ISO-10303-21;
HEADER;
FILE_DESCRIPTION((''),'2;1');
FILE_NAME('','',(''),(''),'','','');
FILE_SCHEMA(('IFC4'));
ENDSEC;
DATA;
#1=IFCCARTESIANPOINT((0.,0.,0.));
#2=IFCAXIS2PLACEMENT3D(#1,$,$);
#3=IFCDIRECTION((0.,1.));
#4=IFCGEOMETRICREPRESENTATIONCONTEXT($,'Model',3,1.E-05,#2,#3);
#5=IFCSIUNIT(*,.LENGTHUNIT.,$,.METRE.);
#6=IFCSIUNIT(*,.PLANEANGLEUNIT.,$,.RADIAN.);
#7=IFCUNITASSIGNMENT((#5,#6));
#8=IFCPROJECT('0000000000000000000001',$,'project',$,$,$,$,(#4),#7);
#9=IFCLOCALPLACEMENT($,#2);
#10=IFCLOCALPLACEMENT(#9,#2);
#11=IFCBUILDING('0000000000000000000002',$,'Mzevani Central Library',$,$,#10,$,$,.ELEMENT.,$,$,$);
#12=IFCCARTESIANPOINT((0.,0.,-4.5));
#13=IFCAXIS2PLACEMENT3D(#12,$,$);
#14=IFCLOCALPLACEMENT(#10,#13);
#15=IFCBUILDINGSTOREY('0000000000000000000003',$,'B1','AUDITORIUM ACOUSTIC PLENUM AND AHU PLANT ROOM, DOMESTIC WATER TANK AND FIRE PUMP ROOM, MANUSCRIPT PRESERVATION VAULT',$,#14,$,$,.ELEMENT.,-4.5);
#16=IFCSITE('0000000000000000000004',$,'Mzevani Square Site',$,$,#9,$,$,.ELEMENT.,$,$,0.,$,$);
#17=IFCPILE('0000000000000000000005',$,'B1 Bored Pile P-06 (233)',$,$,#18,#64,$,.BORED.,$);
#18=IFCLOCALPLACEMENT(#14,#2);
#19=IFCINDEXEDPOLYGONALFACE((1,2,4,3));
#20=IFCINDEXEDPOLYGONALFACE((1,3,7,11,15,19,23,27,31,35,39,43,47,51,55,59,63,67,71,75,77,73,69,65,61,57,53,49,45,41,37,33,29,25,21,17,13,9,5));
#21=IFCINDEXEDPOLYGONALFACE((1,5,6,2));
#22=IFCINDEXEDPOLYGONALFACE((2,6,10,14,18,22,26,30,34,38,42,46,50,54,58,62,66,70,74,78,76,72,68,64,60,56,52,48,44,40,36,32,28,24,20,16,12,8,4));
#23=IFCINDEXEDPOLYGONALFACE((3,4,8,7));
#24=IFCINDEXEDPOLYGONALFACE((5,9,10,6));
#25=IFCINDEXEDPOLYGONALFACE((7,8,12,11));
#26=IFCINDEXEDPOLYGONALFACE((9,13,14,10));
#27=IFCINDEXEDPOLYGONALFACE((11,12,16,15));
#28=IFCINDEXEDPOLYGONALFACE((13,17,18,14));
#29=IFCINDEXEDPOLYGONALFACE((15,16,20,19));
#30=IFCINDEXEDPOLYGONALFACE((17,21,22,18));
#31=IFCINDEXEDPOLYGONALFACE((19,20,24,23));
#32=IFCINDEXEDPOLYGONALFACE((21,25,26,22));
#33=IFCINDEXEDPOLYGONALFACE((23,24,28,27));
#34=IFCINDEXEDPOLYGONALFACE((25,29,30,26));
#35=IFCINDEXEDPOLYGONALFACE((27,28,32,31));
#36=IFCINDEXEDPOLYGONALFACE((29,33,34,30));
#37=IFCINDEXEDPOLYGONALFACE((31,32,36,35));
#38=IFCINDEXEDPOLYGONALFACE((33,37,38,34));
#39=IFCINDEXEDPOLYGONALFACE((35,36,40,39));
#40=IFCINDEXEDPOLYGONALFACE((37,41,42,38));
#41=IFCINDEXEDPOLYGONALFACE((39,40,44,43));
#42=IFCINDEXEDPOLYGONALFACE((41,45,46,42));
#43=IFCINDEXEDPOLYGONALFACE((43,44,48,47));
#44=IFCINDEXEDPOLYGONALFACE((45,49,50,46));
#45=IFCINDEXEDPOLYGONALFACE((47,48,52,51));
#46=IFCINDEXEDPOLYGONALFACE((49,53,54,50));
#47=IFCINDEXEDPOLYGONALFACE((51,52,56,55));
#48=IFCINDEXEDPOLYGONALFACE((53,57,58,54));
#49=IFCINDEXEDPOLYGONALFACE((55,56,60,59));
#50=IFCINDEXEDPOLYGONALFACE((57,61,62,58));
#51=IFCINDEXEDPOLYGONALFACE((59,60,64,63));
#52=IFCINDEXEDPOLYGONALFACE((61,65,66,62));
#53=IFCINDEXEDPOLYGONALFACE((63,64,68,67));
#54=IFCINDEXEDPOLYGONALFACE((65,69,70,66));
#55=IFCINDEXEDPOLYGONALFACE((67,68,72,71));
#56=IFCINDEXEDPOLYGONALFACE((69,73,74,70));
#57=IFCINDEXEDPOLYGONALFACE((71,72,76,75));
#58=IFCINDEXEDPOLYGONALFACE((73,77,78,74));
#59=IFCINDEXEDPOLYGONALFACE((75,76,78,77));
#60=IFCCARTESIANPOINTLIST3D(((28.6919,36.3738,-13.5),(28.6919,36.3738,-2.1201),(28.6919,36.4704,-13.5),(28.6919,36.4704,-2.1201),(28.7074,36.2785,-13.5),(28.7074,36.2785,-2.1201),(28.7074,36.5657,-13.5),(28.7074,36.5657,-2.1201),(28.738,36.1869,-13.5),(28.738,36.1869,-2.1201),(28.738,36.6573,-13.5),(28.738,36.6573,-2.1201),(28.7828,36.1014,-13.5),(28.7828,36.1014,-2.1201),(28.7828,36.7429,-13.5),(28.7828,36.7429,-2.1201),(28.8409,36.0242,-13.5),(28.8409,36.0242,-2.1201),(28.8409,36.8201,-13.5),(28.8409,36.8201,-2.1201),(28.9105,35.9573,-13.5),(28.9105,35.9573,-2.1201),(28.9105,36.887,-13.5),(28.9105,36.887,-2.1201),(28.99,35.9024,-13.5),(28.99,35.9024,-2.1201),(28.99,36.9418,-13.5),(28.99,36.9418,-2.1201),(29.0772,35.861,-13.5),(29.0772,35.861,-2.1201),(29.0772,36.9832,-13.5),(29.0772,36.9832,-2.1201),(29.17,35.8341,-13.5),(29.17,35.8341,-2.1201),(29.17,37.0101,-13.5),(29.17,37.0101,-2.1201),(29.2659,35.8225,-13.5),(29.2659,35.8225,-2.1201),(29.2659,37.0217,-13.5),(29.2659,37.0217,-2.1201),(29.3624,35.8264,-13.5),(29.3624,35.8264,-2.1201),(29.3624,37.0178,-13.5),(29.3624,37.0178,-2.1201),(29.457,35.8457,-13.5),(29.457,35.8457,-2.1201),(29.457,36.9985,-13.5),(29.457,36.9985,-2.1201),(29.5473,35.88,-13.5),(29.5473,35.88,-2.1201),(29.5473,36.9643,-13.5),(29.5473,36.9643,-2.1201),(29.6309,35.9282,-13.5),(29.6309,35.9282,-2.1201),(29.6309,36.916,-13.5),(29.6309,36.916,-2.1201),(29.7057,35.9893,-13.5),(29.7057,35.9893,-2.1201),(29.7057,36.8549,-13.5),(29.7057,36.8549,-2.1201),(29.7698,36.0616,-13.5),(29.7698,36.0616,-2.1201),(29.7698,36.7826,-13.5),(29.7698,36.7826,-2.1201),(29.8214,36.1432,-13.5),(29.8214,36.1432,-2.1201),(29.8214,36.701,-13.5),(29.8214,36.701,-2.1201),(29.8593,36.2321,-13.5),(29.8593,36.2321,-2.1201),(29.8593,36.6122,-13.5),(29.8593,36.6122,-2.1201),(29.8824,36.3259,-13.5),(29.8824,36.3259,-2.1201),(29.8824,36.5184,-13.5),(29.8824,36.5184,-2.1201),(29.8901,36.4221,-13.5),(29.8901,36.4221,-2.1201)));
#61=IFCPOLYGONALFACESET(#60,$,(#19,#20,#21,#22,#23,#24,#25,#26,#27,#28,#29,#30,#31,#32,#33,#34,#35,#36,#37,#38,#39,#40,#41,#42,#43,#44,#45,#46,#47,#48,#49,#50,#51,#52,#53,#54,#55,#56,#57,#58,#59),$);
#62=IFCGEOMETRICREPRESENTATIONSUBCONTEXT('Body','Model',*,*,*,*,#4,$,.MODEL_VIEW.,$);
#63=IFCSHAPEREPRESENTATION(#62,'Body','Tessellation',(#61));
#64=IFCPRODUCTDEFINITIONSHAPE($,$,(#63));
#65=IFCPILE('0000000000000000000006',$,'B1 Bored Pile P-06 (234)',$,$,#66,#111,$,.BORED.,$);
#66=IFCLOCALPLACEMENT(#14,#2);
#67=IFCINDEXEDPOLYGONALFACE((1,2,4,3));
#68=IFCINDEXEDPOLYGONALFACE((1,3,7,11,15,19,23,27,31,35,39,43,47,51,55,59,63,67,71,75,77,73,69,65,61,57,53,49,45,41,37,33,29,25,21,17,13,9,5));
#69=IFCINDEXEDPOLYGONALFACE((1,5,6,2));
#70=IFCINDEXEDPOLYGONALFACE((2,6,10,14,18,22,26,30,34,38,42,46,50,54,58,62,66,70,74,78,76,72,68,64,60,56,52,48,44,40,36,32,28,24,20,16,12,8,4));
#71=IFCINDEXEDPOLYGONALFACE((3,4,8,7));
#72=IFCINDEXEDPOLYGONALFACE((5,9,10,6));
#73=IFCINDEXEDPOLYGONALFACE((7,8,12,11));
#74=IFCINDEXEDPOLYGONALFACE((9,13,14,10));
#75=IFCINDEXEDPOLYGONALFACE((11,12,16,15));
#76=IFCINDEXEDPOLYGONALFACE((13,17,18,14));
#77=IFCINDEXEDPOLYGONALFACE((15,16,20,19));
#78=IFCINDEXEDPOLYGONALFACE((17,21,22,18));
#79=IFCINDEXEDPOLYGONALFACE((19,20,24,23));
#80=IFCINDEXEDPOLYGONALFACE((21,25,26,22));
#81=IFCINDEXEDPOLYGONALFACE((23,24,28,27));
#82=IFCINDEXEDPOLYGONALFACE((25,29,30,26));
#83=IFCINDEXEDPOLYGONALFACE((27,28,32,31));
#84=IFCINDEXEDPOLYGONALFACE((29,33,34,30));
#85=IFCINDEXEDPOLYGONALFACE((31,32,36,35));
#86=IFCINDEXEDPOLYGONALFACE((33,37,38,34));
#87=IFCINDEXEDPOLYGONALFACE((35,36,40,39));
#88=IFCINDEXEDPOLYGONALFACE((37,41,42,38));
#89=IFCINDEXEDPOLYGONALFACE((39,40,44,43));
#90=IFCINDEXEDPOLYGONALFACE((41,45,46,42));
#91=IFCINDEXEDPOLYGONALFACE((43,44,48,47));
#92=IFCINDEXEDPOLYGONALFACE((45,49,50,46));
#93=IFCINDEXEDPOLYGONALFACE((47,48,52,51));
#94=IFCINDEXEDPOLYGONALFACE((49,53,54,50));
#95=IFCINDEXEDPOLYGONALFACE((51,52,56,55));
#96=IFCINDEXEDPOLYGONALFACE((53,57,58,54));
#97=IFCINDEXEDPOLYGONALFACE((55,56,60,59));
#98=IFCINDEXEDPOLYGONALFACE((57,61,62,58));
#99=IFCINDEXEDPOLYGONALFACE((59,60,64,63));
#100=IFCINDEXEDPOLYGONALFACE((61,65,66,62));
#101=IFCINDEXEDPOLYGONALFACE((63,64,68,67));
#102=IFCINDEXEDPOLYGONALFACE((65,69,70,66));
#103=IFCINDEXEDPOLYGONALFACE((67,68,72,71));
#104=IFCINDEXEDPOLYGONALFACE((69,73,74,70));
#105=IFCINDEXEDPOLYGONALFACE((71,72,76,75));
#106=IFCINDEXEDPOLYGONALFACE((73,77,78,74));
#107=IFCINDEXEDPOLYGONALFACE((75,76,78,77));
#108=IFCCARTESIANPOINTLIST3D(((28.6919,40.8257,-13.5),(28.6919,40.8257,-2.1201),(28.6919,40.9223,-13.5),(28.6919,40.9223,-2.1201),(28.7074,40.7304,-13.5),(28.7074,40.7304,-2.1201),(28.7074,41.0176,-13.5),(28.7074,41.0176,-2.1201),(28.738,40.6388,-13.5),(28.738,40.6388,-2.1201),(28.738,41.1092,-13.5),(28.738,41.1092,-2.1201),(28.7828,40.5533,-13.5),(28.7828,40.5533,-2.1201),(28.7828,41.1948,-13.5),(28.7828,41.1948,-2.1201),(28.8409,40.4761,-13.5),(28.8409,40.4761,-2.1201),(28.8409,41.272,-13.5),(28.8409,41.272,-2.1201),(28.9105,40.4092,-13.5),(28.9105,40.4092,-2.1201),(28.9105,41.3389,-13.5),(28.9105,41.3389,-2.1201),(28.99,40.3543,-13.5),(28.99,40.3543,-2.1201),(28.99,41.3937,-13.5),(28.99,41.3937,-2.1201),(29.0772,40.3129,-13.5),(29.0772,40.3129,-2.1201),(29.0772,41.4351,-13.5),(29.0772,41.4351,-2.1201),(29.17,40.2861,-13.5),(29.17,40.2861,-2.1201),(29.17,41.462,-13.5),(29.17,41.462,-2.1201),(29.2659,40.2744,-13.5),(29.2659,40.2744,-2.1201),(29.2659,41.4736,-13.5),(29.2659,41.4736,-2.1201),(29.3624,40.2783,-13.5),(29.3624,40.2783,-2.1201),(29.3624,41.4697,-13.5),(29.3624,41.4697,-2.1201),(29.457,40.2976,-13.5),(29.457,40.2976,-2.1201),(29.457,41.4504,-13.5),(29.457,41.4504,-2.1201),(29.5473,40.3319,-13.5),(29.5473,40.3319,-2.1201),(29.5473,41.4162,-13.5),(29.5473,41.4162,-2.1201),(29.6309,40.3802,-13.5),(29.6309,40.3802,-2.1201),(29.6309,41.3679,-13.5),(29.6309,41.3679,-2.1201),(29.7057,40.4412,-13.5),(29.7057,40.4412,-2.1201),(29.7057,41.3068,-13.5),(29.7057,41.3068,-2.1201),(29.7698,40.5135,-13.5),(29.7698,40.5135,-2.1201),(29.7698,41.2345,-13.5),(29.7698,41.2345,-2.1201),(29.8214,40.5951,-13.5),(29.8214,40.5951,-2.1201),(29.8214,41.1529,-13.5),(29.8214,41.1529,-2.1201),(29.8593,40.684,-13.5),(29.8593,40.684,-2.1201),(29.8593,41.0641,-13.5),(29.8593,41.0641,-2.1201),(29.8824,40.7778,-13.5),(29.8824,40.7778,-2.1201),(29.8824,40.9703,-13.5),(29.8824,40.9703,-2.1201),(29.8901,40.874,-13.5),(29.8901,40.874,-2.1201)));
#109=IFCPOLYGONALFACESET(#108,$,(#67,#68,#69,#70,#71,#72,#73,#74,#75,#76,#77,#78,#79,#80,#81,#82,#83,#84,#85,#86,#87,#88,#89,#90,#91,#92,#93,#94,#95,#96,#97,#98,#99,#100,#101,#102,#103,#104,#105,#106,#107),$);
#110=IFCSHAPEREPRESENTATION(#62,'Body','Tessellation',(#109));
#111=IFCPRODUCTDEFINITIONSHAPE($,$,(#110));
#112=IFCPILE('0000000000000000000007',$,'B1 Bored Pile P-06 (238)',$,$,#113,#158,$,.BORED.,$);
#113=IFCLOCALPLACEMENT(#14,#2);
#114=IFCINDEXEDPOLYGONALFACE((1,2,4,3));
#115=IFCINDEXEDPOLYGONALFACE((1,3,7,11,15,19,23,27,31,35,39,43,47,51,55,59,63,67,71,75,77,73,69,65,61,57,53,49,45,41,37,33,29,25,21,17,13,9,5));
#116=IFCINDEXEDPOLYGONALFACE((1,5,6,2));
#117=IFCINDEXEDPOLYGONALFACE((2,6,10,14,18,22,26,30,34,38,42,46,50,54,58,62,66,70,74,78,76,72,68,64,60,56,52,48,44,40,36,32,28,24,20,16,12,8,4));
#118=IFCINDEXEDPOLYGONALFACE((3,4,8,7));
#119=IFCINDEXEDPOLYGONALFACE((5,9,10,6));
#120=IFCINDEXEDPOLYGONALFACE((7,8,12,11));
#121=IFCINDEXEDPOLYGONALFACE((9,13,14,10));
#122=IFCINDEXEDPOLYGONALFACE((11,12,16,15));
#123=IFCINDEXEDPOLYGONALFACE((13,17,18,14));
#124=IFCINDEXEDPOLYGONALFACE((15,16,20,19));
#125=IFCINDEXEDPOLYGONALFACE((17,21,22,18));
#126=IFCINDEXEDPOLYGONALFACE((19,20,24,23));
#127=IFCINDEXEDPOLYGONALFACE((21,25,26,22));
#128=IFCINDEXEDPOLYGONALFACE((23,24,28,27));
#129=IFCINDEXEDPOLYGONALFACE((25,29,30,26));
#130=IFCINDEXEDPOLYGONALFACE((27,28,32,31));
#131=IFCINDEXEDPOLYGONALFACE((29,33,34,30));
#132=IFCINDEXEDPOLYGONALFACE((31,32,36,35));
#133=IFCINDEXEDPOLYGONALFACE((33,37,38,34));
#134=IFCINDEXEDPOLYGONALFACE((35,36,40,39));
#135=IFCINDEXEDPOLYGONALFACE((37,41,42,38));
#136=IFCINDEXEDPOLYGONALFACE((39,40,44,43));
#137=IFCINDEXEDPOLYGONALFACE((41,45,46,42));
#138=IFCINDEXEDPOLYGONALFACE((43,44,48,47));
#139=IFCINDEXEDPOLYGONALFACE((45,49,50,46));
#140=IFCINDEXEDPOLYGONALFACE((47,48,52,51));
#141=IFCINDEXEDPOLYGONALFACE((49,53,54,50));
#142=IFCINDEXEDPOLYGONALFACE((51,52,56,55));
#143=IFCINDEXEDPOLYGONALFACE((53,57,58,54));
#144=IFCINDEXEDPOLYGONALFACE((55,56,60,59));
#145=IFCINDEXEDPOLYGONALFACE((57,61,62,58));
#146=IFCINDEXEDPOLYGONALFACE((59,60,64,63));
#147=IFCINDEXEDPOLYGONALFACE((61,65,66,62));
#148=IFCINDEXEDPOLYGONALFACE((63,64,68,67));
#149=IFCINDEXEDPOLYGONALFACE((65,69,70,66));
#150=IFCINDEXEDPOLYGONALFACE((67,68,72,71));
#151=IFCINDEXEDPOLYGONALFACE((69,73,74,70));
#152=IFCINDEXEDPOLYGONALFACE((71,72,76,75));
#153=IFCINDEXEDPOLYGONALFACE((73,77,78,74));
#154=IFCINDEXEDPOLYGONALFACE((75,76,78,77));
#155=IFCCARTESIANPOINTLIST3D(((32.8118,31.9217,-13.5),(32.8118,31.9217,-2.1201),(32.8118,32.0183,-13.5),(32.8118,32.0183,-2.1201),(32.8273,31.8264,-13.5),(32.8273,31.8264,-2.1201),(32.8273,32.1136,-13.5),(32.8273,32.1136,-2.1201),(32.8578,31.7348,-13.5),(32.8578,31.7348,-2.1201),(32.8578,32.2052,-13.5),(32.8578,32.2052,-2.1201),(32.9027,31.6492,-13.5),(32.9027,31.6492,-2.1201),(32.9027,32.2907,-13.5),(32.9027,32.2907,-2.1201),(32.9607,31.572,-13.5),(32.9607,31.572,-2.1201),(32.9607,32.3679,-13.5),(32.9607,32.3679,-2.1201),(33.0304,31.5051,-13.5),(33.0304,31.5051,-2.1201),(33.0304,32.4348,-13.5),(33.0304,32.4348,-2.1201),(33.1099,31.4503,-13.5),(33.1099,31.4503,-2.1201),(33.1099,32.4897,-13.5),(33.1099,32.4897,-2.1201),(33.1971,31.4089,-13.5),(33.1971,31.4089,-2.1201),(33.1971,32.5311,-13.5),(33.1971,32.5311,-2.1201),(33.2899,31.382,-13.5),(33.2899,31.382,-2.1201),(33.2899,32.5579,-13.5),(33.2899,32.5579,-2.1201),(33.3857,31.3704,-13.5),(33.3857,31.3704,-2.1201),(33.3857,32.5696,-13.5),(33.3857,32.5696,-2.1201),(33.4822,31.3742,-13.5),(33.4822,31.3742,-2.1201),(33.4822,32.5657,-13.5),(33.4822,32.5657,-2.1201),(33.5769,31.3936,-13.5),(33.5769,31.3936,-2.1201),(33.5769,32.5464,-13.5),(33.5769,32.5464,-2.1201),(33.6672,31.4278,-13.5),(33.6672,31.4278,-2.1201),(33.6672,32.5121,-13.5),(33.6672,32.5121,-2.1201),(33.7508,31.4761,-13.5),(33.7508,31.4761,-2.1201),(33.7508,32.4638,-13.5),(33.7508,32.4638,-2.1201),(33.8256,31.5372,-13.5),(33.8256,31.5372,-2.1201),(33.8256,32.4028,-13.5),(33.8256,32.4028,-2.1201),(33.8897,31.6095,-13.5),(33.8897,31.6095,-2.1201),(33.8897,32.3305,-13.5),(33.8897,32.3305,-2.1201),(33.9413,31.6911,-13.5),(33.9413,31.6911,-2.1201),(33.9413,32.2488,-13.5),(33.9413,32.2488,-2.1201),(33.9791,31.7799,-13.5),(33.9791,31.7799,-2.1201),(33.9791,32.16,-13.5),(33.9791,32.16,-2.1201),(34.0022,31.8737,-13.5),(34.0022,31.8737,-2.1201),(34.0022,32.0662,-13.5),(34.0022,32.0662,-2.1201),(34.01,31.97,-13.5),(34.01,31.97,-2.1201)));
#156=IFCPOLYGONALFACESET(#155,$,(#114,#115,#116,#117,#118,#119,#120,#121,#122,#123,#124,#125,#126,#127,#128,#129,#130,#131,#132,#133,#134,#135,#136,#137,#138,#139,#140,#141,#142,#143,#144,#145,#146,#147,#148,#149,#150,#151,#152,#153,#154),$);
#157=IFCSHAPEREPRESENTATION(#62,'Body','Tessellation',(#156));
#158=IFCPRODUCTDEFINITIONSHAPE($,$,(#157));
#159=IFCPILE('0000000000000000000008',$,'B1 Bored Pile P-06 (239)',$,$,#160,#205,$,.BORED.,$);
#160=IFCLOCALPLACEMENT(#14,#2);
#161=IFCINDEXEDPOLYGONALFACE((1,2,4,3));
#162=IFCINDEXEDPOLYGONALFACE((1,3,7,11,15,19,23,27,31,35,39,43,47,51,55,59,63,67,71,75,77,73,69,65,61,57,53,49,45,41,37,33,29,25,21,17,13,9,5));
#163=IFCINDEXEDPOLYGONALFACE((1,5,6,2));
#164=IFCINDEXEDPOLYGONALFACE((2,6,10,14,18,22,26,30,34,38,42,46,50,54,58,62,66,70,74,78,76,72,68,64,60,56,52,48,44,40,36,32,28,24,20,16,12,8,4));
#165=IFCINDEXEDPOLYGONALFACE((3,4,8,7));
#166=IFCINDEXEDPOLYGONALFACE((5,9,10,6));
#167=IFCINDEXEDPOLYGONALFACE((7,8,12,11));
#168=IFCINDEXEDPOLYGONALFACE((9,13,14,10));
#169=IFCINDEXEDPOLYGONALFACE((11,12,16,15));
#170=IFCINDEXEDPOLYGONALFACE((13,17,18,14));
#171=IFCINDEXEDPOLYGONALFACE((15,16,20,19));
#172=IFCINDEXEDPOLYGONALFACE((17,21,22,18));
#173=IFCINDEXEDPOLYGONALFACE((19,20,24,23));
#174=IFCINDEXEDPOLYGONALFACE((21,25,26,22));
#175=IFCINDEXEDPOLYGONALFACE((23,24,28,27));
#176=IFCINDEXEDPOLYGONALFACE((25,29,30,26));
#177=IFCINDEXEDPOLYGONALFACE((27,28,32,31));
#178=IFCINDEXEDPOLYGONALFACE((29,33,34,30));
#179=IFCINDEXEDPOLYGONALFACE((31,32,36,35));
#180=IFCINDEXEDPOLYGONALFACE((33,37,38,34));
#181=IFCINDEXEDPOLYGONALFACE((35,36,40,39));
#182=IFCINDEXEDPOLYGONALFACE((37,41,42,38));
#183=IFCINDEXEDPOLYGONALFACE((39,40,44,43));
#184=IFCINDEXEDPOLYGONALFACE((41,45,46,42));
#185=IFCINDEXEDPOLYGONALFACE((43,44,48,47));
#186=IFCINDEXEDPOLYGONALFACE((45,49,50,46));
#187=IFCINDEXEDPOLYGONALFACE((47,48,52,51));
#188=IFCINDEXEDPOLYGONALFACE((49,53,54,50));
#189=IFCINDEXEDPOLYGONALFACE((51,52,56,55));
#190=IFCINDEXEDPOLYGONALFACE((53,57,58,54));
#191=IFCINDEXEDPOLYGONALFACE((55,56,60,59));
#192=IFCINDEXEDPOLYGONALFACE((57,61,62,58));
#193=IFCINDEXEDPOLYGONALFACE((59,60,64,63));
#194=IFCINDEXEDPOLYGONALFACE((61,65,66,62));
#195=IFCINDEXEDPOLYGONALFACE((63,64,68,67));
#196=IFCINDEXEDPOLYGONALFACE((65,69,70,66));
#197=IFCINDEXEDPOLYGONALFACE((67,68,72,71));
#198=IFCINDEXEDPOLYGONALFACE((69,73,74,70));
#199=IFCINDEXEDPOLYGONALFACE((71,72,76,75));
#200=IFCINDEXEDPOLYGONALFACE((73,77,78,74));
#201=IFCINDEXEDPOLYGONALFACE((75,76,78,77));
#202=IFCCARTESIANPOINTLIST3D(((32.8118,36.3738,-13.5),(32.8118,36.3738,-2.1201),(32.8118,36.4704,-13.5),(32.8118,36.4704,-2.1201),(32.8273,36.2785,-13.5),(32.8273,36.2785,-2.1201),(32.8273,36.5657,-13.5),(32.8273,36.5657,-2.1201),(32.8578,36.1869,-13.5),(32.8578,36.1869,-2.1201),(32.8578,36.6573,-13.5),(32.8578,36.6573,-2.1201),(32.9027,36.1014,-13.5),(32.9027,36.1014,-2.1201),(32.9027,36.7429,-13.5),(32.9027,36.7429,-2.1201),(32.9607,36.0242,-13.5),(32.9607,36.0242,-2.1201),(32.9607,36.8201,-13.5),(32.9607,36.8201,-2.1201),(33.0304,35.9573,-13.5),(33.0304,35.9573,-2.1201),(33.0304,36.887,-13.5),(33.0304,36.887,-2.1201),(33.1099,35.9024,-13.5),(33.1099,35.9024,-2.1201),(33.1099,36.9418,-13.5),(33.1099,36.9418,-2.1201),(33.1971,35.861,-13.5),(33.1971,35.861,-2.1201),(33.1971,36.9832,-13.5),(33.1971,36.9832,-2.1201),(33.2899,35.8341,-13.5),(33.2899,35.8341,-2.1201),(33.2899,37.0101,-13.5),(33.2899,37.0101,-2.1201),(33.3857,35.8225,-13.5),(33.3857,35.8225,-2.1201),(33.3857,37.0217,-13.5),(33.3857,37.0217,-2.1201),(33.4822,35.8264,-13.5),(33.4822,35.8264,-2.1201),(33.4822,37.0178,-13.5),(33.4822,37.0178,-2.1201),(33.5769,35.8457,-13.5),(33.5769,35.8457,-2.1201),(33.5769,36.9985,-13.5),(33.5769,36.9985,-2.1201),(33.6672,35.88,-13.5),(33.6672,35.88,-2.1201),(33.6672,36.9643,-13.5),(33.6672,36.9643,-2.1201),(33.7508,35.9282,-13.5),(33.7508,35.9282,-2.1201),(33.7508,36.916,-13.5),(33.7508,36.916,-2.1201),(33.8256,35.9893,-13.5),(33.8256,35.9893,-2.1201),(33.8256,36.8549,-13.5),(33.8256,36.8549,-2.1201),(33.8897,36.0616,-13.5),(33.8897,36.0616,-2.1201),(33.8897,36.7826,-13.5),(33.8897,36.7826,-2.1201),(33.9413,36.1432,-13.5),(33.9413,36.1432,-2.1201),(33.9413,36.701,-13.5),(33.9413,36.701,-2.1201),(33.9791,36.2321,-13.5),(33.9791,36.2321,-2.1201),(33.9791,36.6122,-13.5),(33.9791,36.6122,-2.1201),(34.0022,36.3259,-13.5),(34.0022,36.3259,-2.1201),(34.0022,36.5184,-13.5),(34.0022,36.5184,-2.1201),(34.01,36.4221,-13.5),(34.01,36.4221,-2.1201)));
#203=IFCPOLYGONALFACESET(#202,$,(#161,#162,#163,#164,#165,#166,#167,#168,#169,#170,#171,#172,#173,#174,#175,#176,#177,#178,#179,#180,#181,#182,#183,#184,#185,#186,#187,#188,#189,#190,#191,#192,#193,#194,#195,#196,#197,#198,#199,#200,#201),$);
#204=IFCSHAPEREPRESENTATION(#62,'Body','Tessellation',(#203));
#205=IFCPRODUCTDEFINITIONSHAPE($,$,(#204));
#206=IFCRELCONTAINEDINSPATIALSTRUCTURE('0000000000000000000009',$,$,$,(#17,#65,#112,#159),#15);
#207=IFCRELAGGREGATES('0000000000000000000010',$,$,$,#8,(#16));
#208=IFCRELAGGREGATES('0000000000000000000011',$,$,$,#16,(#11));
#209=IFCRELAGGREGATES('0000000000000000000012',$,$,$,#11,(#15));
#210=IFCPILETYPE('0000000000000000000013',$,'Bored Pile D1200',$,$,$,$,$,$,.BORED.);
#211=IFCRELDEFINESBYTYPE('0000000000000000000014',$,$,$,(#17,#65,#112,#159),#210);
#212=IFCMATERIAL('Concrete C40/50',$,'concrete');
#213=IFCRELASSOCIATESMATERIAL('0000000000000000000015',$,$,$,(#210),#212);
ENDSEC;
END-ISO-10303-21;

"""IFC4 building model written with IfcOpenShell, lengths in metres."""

from ifc_helpers import new_model, si_unit, direction, frame, origin, origin_2d, place, context, subcontext, project, spatial, circle, extrude, material, material_profile, profile_set, type_object, element, save


model = new_model("IFC4")

# Units and contexts
model_context = context("Model", 3, precision=1e-05, world=origin(), true_north=direction((0.0, 1.0)))
body_context = subcontext(model_context, "Body", "Model", "MODEL_VIEW")
ifc_project = project(units=[si_unit("LENGTHUNIT", "METRE"), si_unit("PLANEANGLEUNIT", "RADIAN")], contexts=[model_context])

# Site, building, storey
site_placement = place(None, origin())
site = spatial("IfcSite", under=ifc_project, at=site_placement, Name="Mzevani Square Site", CompositionType="ELEMENT", RefElevation=0.0)
building_placement = place(site_placement, origin())
building = spatial("IfcBuilding", under=site, at=building_placement, Name="Mzevani Central Library", CompositionType="ELEMENT")
storey_placement = place(building_placement, frame((0.0, 0.0, -4.5)))
storey = spatial("IfcBuildingStorey", under=building, at=storey_placement, Name="B1", Description="AUDITORIUM ACOUSTIC PLENUM AND AHU PLANT ROOM, DOMESTIC WATER TANK AND FIRE PUMP ROOM, MANUSCRIPT PRESERVATION VAULT", CompositionType="ELEMENT", Elevation=-4.5)

# Piles
ifc_material_1 = material(Name="Concrete C40/50", Category="concrete")
ifc_material_profile_1 = material_profile(ifc_material_1, circle(Radius=0.6001, at=origin_2d()), Name="PILE D1200")
ifc_profile_set_1 = profile_set([ifc_material_profile_1], Name="Concrete C40/50")
pile_type = type_object("IfcPileType", Name="Bored Pile D1200", PredefinedType="BORED", material=ifc_profile_set_1)
for number, where, z_axis, x_axis, name in (
    (1, (29.29, 36.4221, -2.1201), (0.0, 0.0, -1.0), (1.0, 0.0, 0.0), "B1 Bored Pile P-06 (233)"),
    (2, (29.29, 40.874, -2.1201), (0.0, 0.0, -1.0), (1.0, 0.0, 0.0), "B1 Bored Pile P-06 (234)"),
    (3, (33.4099, 31.97, -2.1201), (0.0, 0.0, -1.0), (1.0, 0.0, 0.0), "B1 Bored Pile P-06 (238)"),
    (4, (33.4099, 36.4221, -2.1201), (0.0, 0.0, -1.0), (1.0, 0.0, 0.0), "B1 Bored Pile P-06 (239)"),
):
    element("IfcPile", number, at=place(storey_placement, frame(where, z_axis=z_axis, x_axis=x_axis)), inside=storey, type_object=pile_type, Name=name, PredefinedType="BORED", context=body_context, shape_type="SweptSolid", body=[
        extrude(circle(Radius=0.6001, at=origin_2d()), origin(), (0.0, 0.0, 1.0), 11.3799),
    ])

save(model, "model.ifc")
